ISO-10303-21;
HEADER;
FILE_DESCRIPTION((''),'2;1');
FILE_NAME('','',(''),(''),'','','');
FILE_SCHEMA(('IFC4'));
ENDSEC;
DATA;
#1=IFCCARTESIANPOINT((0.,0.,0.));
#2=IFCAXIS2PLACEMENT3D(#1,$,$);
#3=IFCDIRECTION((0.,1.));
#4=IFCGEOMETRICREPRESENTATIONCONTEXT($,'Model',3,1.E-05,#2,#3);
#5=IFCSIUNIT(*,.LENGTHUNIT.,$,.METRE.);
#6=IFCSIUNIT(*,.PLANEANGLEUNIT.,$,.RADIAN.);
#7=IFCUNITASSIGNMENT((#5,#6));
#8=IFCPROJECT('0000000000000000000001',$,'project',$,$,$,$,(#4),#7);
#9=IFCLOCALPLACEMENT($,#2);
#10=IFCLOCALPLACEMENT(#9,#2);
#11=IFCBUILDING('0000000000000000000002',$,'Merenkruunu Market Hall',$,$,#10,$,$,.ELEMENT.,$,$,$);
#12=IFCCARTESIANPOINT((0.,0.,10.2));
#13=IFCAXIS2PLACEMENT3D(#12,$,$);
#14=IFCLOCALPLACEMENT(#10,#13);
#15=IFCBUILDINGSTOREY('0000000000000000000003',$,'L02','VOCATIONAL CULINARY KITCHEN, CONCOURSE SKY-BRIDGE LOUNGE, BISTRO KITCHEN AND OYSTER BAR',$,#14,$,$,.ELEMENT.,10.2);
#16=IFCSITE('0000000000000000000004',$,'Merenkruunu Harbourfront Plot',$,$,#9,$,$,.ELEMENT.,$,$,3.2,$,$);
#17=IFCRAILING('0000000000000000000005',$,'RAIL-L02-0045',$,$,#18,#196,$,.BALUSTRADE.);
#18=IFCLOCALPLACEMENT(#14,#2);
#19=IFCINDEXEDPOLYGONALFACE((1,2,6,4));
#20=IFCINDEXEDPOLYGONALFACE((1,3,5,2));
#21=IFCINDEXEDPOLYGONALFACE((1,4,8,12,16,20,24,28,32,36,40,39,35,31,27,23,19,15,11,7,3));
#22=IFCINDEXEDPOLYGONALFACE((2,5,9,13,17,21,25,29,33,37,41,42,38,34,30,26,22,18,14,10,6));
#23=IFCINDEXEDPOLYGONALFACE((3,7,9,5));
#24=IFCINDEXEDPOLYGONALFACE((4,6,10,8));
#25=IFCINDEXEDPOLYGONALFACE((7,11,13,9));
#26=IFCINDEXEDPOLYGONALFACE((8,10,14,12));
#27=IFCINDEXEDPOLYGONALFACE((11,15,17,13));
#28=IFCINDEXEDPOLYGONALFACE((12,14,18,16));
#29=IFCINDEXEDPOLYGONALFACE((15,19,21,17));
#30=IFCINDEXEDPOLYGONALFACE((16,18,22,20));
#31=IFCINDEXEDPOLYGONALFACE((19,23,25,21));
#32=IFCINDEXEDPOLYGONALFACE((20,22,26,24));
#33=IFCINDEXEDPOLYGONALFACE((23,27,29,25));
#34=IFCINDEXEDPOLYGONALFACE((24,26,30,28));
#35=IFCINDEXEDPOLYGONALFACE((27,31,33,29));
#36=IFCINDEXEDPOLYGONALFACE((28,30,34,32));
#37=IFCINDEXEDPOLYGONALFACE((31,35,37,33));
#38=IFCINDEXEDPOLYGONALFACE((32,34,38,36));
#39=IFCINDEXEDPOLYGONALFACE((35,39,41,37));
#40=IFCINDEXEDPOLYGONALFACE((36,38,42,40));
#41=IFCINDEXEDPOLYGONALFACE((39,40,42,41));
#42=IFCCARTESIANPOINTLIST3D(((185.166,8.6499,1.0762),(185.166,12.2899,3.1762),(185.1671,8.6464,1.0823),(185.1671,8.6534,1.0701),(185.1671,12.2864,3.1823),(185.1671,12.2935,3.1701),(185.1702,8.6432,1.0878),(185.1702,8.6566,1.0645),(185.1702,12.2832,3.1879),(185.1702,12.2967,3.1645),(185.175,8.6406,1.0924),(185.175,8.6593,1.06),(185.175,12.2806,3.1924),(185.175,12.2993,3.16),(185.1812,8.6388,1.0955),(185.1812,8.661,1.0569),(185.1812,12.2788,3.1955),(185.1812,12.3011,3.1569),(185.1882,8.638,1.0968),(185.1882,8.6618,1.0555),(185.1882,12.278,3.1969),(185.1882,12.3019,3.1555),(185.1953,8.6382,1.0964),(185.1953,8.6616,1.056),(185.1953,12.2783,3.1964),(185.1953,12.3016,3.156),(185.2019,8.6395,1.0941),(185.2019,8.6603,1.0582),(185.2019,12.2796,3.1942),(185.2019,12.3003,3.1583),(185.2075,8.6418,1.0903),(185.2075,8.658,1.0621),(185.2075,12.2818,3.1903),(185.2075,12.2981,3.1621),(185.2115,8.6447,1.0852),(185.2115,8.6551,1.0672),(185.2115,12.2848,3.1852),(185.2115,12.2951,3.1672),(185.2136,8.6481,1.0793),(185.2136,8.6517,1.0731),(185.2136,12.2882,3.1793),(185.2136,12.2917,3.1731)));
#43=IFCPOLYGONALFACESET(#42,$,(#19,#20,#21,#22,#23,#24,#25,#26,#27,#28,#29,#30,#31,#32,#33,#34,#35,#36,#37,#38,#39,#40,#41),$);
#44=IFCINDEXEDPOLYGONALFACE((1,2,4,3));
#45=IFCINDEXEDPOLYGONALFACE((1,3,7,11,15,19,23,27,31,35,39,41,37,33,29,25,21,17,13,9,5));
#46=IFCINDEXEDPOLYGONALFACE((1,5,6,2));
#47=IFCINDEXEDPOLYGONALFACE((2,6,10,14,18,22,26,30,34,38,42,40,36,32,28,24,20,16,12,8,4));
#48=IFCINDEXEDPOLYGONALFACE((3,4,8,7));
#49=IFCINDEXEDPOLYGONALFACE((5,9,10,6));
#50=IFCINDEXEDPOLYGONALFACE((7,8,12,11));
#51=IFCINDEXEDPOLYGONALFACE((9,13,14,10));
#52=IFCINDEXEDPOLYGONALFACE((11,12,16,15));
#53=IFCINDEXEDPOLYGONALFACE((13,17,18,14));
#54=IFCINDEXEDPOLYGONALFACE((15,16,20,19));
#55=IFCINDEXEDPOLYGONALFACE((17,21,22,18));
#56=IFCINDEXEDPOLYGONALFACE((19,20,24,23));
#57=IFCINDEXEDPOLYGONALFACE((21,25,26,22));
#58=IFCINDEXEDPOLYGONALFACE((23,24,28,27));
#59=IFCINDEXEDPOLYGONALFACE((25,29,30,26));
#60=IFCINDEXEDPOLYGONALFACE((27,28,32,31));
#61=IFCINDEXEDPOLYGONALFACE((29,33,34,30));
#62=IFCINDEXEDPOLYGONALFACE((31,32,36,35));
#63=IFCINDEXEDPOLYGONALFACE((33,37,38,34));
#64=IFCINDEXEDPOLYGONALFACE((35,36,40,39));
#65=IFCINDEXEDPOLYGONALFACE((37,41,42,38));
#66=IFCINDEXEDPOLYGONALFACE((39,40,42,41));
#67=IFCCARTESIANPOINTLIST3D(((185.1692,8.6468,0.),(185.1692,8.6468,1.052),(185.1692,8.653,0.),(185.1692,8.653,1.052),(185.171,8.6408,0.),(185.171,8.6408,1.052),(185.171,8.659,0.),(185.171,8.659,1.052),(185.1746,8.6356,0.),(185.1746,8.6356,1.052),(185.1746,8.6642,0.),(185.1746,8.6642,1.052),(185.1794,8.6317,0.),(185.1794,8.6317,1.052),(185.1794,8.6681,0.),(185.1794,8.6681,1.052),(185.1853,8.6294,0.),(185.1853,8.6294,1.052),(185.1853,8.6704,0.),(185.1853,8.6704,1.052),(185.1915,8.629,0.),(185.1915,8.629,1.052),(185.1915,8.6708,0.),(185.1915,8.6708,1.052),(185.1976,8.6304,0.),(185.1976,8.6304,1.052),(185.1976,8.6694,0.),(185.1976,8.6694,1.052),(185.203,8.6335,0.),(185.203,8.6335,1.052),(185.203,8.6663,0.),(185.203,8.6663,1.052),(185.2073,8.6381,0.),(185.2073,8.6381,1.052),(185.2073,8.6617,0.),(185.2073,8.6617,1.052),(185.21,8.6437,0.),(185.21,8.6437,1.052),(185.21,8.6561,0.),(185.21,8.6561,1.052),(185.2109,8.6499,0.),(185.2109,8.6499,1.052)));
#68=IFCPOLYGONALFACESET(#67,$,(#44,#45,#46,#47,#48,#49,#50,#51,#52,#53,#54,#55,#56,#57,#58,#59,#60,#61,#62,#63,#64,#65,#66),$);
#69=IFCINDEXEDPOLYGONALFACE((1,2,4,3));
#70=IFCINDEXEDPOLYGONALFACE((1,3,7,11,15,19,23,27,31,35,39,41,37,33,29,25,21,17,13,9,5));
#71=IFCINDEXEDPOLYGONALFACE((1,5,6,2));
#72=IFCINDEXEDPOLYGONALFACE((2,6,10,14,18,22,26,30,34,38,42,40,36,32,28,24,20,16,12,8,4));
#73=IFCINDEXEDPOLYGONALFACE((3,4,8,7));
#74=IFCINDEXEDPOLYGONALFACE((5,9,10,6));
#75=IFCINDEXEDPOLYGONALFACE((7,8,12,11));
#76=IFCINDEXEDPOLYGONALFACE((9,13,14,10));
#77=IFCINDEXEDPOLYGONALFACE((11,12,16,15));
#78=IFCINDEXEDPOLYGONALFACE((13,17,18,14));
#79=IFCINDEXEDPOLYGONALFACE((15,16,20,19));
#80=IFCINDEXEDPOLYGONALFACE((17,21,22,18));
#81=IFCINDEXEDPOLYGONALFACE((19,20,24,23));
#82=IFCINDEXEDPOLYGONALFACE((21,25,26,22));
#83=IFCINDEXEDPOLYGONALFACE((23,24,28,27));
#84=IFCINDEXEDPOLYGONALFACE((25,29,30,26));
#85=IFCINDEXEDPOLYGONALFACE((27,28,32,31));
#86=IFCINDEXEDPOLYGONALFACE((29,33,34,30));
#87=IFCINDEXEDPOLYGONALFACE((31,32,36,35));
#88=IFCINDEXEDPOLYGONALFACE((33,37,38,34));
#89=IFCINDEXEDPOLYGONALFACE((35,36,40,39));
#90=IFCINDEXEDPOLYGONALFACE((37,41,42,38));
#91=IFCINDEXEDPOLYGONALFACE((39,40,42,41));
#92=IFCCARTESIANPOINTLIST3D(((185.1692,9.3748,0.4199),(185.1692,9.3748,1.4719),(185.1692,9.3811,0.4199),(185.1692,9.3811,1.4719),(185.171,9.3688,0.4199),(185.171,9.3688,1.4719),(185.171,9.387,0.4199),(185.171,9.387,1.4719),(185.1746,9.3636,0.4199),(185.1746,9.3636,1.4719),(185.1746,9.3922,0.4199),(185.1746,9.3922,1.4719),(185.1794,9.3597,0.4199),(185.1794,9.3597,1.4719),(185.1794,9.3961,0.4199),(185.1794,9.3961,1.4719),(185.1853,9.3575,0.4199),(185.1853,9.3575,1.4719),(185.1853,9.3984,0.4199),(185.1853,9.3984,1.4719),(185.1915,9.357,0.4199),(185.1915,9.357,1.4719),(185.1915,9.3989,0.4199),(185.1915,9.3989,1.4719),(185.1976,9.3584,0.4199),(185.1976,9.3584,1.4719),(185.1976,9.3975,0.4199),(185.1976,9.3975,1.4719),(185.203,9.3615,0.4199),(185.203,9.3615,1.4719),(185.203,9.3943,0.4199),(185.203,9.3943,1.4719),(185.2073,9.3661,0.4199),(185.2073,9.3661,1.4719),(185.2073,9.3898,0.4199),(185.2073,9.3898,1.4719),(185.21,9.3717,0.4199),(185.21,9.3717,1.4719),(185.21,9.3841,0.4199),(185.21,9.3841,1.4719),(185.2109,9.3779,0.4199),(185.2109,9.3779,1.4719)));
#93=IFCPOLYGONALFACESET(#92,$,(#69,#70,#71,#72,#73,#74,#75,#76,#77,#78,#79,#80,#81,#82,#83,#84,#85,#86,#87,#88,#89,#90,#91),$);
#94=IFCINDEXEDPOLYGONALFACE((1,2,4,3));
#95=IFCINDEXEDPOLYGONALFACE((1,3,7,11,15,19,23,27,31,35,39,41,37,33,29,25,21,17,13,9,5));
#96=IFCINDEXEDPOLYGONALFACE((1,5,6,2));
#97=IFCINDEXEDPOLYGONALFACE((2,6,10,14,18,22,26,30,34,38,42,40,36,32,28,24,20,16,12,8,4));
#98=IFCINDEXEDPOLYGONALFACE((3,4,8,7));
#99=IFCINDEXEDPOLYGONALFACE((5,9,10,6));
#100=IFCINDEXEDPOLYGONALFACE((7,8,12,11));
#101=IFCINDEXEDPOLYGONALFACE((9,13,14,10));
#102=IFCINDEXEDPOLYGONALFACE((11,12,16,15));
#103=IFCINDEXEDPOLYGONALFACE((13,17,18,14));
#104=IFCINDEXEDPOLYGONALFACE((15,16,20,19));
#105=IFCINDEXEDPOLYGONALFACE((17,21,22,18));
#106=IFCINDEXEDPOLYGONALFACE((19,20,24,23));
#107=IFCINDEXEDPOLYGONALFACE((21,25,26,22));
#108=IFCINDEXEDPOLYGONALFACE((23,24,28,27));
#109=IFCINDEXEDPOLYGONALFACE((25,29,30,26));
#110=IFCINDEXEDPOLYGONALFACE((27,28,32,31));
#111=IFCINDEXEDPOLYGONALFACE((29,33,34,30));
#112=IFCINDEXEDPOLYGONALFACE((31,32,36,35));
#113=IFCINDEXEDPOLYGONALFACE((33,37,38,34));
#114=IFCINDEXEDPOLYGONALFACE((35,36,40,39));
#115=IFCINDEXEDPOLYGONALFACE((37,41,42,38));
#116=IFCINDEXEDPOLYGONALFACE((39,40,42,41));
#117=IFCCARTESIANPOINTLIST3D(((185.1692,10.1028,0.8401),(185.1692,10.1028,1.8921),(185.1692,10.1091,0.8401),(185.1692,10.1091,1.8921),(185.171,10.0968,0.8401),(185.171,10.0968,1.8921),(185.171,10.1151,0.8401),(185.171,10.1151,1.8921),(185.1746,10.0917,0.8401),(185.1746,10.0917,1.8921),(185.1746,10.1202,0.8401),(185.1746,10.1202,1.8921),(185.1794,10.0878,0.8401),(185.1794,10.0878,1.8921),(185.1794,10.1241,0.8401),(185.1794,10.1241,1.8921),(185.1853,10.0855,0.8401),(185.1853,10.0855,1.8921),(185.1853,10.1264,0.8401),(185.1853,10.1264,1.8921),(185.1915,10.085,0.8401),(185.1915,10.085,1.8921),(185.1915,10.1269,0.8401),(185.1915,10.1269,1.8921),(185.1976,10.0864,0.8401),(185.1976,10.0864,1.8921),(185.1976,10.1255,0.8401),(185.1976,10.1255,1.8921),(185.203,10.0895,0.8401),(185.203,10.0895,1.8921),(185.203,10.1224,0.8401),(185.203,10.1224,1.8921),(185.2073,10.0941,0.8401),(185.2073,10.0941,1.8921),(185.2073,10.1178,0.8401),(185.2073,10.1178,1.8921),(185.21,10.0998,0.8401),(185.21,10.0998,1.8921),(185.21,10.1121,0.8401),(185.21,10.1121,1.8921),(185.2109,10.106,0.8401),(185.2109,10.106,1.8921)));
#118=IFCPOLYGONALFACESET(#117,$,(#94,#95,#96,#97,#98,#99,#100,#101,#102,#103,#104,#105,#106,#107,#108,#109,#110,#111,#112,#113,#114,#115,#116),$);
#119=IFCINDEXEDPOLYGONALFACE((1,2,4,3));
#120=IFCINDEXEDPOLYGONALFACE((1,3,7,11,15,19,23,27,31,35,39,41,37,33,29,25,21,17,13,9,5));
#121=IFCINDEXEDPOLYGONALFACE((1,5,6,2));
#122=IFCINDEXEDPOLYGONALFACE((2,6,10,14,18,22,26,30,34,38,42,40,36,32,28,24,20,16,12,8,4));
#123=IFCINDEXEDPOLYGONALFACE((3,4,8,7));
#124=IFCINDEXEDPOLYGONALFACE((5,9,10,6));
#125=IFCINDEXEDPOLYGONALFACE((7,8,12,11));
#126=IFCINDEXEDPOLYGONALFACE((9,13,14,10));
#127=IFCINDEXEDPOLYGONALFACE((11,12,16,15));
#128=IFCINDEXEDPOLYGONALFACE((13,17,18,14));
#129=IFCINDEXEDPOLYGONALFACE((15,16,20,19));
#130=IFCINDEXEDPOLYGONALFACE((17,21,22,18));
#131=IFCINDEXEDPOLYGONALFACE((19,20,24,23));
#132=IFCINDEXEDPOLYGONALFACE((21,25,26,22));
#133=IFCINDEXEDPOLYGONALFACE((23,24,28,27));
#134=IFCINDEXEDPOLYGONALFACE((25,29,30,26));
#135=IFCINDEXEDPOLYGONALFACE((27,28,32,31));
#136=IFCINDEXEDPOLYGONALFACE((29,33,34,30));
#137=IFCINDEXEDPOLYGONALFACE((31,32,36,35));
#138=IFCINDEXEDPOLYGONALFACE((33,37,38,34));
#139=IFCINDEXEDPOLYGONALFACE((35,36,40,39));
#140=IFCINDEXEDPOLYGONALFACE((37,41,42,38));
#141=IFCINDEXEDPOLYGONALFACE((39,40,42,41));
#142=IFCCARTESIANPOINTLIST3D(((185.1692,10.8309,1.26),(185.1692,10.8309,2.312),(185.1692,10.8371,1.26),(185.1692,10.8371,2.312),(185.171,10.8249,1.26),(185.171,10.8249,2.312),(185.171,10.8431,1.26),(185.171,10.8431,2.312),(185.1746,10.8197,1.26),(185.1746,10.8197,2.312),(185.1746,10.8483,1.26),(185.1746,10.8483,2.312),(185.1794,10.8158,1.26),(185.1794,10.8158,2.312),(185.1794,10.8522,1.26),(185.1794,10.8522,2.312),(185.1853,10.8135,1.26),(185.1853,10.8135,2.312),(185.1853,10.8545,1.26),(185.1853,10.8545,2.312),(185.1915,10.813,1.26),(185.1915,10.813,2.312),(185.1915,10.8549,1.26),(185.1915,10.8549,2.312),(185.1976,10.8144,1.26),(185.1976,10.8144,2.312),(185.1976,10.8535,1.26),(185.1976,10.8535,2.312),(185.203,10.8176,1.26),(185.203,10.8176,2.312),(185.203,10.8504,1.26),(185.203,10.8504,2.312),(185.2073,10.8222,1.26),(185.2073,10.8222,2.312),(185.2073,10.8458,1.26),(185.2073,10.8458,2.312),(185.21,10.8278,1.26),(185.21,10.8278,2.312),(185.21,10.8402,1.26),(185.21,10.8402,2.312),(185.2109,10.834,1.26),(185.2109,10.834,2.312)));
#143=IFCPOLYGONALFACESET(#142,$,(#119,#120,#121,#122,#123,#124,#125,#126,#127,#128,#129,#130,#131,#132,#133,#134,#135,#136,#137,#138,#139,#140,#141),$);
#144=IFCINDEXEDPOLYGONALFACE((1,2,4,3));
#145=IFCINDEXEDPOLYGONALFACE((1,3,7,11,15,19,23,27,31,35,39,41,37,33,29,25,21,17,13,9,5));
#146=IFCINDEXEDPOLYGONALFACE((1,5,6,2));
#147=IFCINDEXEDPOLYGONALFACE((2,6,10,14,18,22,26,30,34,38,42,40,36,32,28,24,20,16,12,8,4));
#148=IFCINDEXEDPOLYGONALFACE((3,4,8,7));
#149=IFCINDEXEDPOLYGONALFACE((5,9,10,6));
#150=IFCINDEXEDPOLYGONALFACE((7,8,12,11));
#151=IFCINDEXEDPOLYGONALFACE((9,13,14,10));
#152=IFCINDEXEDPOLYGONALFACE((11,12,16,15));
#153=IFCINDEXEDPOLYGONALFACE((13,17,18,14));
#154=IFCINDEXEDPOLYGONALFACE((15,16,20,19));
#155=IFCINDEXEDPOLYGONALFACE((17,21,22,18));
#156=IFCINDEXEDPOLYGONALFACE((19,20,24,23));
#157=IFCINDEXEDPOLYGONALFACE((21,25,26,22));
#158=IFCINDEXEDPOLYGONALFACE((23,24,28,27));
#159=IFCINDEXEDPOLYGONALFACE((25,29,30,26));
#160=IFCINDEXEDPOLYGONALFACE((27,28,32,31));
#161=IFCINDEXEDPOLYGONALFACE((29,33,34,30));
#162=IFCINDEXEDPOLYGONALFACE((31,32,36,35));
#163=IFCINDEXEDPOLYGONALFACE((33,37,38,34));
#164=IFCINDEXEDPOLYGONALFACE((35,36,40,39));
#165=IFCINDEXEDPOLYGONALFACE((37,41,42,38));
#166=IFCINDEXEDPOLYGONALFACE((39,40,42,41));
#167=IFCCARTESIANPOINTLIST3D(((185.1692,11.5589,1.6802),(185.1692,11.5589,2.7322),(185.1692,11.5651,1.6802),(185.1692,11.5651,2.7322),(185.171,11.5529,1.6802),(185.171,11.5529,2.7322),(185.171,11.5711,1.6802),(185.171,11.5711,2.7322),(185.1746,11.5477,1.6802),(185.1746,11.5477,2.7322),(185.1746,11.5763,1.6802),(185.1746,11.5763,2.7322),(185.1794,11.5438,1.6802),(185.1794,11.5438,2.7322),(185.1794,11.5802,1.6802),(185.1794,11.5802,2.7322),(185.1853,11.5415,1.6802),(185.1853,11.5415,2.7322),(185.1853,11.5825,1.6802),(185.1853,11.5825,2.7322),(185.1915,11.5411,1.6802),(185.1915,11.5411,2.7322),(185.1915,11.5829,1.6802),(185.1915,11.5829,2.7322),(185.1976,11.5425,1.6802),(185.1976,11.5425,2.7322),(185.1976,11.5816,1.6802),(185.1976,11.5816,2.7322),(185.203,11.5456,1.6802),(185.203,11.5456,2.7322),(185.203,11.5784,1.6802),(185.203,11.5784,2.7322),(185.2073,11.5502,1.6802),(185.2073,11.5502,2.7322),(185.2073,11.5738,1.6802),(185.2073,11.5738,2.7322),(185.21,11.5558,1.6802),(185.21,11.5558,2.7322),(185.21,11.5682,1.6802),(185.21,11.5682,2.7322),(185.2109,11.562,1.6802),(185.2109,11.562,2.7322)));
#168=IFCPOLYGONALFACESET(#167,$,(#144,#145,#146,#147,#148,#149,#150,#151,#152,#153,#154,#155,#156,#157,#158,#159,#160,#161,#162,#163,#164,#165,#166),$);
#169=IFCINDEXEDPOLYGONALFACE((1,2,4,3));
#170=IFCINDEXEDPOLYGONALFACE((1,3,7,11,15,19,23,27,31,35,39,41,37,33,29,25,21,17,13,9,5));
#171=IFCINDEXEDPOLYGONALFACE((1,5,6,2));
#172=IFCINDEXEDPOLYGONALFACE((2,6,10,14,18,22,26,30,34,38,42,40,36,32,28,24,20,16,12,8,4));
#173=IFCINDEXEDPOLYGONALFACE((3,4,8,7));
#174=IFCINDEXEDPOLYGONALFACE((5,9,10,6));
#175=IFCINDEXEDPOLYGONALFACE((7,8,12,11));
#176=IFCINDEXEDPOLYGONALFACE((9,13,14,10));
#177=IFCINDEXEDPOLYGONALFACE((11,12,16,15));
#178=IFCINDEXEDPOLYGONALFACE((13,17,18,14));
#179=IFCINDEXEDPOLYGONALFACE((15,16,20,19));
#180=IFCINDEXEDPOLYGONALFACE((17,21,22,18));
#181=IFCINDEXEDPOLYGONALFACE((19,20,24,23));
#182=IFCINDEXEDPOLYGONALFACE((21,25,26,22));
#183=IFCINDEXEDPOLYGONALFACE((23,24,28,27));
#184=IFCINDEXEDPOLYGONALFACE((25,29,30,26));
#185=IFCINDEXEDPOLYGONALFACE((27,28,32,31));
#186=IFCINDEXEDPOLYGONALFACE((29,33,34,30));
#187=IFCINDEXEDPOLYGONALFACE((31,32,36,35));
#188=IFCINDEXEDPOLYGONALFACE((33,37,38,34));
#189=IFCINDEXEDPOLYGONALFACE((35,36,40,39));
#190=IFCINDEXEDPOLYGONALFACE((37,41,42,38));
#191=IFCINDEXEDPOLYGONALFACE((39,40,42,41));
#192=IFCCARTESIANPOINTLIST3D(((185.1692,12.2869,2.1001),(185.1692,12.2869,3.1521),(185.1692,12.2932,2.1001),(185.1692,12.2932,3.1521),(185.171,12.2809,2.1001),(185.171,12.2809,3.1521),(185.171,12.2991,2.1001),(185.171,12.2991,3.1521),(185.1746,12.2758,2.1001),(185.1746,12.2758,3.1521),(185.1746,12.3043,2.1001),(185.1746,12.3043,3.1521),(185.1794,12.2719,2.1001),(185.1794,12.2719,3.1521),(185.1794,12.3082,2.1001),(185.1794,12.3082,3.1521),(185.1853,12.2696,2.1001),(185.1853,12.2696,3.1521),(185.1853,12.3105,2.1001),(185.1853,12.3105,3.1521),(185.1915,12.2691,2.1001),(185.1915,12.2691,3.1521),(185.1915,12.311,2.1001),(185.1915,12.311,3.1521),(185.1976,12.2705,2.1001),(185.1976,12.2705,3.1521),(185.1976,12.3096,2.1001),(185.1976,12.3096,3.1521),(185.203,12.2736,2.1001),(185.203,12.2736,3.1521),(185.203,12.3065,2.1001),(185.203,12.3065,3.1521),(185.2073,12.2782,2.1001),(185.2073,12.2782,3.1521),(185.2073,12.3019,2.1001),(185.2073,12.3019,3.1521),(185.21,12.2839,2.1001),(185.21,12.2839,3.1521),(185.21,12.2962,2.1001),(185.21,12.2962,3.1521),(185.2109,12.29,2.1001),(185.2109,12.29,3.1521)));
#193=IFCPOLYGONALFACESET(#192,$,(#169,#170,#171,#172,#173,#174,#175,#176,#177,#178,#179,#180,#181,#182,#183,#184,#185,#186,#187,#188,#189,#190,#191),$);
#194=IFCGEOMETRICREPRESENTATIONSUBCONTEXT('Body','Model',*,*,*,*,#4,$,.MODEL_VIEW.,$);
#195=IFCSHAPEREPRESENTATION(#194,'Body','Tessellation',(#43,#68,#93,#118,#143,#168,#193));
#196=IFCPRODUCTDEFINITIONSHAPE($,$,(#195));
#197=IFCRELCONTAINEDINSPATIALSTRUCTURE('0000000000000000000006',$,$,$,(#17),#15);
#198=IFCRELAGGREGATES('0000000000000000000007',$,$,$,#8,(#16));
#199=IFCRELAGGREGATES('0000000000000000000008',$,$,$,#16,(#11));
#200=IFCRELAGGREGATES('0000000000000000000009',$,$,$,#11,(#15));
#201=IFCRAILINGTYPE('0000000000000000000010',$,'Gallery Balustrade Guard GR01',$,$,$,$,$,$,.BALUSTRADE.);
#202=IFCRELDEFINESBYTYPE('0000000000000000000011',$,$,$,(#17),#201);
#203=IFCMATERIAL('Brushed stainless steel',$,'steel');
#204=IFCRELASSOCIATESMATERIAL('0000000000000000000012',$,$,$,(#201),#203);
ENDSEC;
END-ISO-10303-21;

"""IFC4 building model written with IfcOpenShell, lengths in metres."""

from ifc_helpers import new_model, si_unit, direction, frame, origin, origin_2d, place, context, subcontext, project, spatial, circle, extrude, material, type_object, element, save


model = new_model("IFC4")

# Units and contexts
model_context = context("Model", 3, precision=1e-05, world=origin(), true_north=direction((0.0, 1.0)))
body_context = subcontext(model_context, "Body", "Model", "MODEL_VIEW")
ifc_project = project(units=[si_unit("LENGTHUNIT", "METRE"), si_unit("PLANEANGLEUNIT", "RADIAN")], contexts=[model_context])

# Site, building, storey
site_placement = place(None, origin())
site = spatial("IfcSite", under=ifc_project, at=site_placement, Name="Merenkruunu Harbourfront Plot", CompositionType="ELEMENT", RefElevation=3.2)
building_placement = place(site_placement, origin())
building = spatial("IfcBuilding", under=site, at=building_placement, Name="Merenkruunu Market Hall", CompositionType="ELEMENT")
storey_placement = place(building_placement, frame((0.0, 0.0, 10.2)))
storey = spatial("IfcBuildingStorey", under=building, at=storey_placement, Name="L02", Description="VOCATIONAL CULINARY KITCHEN, CONCOURSE SKY-BRIDGE LOUNGE, BISTRO KITCHEN AND OYSTER BAR", CompositionType="ELEMENT", Elevation=10.2)

# Railing
ifc_material_1 = material(Name="Brushed stainless steel", Category="steel")
railing_type_1 = type_object("IfcRailingType", Name="Gallery Balustrade Guard GR01", PredefinedType="BALUSTRADE", material=ifc_material_1)
railing_1_placement = place(storey_placement, frame((185.1899, 8.6499, 0.0)))
element("IfcRailing", 1, at=railing_1_placement, inside=storey, type_object=railing_type_1, Name="RAIL-L02-0045", PredefinedType="BALUSTRADE", context=body_context, shape_type="SweptSolid", body=[
    extrude(circle(Radius=0.0239, at=origin_2d()), frame((0.0, 0.0, 1.0762), z_axis=(0.0, 0.866184, 0.499726), x_axis=(-1.0, 0.0, 0.0)), (0.0, 0.0, 1.0), 4.2024),
    extrude(circle(Radius=0.021, at=origin_2d()), origin(), (0.0, 0.0, 1.0), 1.052),
    extrude(circle(Radius=0.021, at=origin_2d()), frame((0.0, 0.728, 0.4199)), (0.0, 0.0, 1.0), 1.052),
    extrude(circle(Radius=0.021, at=origin_2d()), frame((0.0, 1.4561, 0.8401)), (0.0, 0.0, 1.0), 1.052),
    extrude(circle(Radius=0.021, at=origin_2d()), frame((0.0, 2.1841, 1.26)), (0.0, 0.0, 1.0), 1.052),
    extrude(circle(Radius=0.021, at=origin_2d()), frame((0.0, 2.9121, 1.6802)), (0.0, 0.0, 1.0), 1.052),
    extrude(circle(Radius=0.021, at=origin_2d()), frame((0.0, 3.6401, 2.1001)), (0.0, 0.0, 1.0), 1.052),
])

save(model, "model.ifc")
